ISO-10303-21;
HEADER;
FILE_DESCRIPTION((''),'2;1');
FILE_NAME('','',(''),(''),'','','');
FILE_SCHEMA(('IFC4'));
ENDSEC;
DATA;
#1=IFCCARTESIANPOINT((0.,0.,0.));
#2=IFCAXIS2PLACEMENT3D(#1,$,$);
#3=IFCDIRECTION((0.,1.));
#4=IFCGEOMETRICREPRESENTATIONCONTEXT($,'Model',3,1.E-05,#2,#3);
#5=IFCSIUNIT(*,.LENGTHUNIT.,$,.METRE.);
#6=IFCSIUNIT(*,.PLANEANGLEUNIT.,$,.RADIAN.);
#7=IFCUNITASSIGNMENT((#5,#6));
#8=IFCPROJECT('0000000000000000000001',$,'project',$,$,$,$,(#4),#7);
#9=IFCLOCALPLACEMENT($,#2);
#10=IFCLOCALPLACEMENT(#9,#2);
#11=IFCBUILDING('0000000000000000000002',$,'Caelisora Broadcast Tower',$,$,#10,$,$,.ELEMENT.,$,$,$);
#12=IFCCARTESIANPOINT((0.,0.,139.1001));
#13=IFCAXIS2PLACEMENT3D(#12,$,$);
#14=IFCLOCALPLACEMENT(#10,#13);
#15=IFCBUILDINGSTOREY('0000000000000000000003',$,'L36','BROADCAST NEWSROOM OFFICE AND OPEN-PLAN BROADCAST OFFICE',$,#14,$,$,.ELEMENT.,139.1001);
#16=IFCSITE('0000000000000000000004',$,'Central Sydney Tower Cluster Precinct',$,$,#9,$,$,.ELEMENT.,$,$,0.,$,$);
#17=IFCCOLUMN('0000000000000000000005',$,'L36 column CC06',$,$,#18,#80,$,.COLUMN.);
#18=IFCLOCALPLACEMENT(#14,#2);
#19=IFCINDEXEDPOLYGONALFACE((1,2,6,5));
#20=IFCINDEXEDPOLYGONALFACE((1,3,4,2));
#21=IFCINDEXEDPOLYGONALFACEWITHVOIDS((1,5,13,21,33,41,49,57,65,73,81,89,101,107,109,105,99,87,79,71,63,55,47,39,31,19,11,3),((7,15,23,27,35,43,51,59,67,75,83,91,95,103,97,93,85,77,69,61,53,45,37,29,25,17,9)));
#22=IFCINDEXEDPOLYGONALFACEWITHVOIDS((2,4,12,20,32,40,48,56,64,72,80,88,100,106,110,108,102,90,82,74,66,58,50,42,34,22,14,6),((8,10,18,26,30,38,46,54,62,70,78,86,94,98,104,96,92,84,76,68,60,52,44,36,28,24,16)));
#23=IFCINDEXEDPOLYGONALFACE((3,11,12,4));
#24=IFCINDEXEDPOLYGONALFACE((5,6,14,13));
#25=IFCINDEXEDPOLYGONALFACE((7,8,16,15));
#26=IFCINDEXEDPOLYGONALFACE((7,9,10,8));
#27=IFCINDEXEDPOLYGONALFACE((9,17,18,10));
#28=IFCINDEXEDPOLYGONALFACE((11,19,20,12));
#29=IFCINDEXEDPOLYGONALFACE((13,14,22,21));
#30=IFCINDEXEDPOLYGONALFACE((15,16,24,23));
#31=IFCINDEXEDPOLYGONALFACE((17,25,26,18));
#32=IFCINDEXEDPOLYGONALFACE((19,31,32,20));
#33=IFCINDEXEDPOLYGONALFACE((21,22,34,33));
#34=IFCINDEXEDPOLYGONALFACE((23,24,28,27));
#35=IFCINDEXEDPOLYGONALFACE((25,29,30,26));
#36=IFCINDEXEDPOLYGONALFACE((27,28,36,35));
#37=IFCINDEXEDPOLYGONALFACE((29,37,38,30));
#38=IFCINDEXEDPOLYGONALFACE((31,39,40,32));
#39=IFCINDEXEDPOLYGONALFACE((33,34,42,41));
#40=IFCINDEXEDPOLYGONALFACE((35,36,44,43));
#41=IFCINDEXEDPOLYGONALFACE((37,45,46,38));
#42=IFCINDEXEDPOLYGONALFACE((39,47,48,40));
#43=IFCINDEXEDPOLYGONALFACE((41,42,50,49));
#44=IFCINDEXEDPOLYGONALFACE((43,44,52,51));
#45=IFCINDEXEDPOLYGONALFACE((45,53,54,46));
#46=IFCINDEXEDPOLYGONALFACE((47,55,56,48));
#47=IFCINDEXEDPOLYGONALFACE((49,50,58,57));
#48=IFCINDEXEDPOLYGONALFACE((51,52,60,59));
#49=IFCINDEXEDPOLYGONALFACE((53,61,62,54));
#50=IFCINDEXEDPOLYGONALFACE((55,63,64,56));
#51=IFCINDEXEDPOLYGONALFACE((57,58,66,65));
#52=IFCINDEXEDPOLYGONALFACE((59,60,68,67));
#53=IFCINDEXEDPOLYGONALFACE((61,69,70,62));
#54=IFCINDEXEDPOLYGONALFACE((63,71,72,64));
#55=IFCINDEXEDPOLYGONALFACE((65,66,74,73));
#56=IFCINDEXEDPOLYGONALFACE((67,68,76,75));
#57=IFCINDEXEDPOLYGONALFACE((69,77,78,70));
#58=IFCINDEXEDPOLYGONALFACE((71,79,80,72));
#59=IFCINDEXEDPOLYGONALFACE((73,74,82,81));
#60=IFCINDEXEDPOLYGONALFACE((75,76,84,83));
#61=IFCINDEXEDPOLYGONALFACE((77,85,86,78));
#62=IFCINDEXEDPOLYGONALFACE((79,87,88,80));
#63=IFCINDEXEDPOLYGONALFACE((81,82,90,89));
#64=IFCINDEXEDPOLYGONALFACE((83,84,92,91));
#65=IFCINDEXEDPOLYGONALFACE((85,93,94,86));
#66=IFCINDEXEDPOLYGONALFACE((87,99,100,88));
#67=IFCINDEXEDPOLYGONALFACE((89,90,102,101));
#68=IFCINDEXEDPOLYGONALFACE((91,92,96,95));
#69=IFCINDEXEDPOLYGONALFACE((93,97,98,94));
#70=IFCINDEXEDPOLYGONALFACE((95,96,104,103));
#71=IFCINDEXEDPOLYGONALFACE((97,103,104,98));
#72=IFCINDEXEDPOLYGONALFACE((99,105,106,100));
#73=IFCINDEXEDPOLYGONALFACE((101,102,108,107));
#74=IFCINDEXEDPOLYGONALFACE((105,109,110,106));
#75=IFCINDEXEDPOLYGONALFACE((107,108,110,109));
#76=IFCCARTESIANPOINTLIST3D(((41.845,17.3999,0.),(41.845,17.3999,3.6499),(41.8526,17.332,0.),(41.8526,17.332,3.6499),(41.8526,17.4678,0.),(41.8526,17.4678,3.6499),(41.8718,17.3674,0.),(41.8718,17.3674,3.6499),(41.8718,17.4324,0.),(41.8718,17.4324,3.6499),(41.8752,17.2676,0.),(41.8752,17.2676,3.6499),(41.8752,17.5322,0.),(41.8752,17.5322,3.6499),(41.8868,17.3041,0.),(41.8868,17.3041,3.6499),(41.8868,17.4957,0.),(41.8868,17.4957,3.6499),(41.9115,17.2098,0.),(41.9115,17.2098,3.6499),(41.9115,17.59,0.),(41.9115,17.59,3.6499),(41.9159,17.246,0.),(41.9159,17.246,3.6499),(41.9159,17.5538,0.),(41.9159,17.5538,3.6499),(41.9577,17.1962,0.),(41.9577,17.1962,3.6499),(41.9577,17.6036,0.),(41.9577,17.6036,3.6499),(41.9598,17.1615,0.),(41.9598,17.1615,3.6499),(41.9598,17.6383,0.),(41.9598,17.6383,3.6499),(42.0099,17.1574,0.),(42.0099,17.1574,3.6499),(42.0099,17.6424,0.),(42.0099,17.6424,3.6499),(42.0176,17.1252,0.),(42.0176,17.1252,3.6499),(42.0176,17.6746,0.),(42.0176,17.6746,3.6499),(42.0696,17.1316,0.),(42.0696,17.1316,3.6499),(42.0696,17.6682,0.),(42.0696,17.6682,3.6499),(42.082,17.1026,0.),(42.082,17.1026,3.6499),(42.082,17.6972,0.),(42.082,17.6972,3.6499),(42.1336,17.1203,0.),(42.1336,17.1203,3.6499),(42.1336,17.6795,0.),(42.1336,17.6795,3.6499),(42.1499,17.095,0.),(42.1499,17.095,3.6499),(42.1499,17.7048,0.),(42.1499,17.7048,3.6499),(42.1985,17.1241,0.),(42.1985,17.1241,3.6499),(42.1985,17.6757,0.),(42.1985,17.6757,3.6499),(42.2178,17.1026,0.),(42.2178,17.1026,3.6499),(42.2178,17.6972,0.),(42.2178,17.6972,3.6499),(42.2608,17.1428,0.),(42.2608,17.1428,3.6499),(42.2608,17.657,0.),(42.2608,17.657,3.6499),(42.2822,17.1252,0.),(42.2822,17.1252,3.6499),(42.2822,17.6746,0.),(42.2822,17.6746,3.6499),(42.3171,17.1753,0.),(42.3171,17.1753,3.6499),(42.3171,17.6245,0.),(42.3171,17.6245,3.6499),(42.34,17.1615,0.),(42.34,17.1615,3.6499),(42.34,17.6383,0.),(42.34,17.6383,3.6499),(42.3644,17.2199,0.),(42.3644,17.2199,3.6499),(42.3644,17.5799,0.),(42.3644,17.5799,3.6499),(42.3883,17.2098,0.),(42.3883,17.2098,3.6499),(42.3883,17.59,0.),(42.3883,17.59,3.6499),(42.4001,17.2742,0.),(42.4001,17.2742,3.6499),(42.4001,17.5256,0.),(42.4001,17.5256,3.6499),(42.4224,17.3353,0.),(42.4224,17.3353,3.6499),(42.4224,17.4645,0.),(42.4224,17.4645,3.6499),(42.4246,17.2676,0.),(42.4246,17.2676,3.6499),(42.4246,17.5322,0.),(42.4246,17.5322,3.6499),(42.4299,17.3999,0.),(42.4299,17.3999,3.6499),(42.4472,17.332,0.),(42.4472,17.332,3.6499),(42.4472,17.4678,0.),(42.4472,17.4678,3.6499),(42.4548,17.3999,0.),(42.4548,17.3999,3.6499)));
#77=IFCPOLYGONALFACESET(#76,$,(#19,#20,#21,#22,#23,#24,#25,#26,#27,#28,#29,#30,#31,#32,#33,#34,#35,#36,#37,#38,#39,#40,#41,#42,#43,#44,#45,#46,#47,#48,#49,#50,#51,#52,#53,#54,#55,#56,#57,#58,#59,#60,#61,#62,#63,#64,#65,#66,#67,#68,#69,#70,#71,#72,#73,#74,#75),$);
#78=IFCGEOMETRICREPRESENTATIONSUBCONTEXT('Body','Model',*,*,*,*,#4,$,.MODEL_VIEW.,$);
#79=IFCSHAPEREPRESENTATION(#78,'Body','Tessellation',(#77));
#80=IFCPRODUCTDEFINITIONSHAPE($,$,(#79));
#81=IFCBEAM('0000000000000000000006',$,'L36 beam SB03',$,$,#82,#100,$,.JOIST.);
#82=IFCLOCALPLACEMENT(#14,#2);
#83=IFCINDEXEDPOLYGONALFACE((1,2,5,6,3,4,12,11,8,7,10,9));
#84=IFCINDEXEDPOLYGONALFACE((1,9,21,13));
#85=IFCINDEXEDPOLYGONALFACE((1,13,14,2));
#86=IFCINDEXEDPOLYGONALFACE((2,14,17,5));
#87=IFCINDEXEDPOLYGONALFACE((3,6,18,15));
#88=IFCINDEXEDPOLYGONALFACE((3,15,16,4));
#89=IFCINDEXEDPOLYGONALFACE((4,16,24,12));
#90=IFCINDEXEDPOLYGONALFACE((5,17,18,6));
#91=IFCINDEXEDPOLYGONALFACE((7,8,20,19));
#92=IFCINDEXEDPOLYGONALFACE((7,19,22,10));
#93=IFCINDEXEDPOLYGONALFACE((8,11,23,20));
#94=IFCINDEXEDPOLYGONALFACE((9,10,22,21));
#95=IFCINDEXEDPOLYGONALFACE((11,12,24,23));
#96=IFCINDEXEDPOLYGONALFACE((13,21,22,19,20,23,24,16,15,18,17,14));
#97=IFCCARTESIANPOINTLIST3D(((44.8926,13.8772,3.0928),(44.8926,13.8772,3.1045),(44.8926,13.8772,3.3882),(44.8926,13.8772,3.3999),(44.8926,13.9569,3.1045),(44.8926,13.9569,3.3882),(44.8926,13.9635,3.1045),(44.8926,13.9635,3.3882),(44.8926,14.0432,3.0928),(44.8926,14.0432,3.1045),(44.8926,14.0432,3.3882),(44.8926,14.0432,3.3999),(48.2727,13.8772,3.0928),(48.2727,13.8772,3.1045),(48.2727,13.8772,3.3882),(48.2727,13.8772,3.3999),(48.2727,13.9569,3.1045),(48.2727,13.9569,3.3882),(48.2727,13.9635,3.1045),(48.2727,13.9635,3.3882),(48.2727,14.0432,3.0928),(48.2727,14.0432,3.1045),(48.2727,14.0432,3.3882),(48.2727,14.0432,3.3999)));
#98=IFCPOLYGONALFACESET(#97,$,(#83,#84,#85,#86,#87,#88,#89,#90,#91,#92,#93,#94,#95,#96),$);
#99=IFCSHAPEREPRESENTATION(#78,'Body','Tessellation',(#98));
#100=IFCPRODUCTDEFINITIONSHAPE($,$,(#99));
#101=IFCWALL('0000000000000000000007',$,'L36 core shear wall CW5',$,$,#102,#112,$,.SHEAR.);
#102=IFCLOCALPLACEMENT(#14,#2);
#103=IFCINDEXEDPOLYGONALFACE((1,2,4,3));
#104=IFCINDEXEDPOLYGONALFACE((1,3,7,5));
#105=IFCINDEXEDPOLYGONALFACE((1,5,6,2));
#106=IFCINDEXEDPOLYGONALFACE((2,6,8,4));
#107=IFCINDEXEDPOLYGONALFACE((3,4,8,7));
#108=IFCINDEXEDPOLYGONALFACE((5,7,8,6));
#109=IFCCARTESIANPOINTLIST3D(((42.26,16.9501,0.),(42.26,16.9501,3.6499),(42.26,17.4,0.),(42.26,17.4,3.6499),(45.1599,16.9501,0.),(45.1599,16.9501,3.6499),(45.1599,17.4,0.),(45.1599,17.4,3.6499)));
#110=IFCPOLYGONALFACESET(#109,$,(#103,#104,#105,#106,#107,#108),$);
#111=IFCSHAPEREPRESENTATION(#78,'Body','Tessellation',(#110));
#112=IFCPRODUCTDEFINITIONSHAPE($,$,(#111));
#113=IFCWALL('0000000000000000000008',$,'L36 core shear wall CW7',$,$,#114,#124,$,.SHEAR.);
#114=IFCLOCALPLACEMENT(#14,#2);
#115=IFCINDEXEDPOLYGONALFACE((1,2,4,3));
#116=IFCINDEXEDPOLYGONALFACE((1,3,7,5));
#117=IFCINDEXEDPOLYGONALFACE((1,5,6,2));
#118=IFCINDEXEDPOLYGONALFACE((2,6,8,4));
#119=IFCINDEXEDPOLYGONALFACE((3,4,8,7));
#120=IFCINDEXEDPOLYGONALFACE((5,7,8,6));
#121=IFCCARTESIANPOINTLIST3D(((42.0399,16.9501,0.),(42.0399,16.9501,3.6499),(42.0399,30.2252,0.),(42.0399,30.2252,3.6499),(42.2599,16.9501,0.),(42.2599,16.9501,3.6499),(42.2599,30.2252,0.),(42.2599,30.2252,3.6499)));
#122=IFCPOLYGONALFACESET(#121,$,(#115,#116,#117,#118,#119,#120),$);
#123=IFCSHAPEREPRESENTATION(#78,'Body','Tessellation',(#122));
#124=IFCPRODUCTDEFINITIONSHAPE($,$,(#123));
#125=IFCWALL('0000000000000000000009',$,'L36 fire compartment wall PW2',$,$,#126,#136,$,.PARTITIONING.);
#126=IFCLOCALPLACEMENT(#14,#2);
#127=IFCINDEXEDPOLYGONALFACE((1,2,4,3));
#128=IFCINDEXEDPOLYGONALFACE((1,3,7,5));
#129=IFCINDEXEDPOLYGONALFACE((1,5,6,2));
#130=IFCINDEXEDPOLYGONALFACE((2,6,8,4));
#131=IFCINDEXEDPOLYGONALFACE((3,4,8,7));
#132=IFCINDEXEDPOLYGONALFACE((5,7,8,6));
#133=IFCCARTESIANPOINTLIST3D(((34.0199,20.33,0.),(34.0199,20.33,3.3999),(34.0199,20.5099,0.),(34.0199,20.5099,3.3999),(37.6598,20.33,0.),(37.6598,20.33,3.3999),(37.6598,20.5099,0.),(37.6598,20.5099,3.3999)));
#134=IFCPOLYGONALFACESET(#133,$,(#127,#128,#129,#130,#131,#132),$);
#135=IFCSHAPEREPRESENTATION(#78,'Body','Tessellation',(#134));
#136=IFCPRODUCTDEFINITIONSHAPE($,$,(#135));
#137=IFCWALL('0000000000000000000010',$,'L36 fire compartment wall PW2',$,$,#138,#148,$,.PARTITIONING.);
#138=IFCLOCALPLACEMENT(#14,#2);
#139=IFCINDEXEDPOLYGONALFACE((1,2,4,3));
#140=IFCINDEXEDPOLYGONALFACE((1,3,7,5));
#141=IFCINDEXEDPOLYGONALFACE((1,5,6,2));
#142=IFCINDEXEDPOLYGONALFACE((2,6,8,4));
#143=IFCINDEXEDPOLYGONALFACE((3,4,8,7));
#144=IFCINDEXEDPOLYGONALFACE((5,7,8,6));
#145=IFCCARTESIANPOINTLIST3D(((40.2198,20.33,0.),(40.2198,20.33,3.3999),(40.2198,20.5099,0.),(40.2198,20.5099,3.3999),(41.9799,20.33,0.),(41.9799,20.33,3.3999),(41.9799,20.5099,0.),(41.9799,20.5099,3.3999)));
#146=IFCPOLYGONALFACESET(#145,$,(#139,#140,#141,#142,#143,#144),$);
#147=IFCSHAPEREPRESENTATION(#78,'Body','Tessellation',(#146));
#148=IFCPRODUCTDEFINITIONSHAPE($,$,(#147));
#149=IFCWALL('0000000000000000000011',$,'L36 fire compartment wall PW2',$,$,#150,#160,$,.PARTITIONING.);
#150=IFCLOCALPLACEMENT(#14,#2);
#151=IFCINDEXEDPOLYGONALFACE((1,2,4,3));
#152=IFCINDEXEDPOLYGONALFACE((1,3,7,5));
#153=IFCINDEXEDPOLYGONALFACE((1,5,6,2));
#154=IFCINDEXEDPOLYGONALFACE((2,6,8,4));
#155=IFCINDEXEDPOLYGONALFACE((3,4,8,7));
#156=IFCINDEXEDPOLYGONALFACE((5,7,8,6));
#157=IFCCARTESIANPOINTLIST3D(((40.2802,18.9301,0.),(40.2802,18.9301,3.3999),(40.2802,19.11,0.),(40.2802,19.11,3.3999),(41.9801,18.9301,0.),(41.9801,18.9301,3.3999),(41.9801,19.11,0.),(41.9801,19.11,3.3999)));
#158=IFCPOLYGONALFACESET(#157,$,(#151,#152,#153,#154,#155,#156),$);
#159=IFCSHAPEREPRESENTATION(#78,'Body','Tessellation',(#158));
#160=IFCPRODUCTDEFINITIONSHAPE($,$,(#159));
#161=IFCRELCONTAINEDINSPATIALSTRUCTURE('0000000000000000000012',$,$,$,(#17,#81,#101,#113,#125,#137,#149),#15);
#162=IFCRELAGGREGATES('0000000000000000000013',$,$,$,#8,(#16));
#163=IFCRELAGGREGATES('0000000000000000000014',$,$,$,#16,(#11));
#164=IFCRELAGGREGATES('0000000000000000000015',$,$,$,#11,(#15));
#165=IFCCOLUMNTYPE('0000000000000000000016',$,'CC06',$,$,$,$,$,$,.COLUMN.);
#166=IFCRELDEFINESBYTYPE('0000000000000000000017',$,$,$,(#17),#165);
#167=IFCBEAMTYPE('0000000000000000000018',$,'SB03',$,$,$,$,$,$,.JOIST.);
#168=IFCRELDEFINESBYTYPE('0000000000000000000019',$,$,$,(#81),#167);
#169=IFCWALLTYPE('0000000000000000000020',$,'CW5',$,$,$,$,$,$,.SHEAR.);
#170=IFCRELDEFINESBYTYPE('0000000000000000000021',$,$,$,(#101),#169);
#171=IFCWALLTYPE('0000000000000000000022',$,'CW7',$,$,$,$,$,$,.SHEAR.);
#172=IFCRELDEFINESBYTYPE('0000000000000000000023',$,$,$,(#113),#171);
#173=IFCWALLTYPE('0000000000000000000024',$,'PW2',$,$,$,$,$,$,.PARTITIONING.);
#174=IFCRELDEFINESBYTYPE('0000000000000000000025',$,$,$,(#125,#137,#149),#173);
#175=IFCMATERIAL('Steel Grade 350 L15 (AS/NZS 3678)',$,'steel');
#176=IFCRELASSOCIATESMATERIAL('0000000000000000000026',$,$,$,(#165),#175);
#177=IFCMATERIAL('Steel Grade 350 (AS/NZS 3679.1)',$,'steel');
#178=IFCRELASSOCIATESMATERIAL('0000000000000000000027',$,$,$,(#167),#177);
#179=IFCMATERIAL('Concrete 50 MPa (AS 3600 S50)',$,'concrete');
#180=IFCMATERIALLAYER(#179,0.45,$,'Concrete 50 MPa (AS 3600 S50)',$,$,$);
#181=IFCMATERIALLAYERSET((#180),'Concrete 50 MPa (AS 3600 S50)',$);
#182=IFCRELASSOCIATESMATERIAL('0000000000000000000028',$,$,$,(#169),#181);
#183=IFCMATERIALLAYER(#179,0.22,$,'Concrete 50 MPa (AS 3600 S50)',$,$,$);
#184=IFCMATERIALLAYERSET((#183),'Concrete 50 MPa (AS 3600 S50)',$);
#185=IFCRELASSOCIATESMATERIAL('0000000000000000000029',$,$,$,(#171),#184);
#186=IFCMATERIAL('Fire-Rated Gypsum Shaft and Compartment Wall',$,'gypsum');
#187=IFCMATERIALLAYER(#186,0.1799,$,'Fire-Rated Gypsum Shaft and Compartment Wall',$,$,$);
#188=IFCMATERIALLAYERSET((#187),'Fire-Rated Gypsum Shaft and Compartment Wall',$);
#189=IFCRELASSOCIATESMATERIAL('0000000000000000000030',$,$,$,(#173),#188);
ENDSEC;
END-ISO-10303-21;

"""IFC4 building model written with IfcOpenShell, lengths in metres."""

from ifc_helpers import new_model, si_unit, direction, frame, frame_2d, origin, origin_2d, place, context, subcontext, project, spatial, rectangle, hollow_circle, i_section, extrude, source, transform, mapped, material, layer, layer_set, material_profile, profile_set, type_object, type_shapes, element, save


model = new_model("IFC4")

# Units and contexts
model_context = context("Model", 3, precision=1e-05, world=origin(), true_north=direction((0.0, 1.0)))
body_context = subcontext(model_context, "Body", "Model", "MODEL_VIEW")
ifc_project = project(units=[si_unit("LENGTHUNIT", "METRE"), si_unit("PLANEANGLEUNIT", "RADIAN")], contexts=[model_context])

# Site, building, storey
site_placement = place(None, origin())
site = spatial("IfcSite", under=ifc_project, at=site_placement, Name="Central Sydney Tower Cluster Precinct", CompositionType="ELEMENT", RefElevation=0.0)
building_placement = place(site_placement, origin())
building = spatial("IfcBuilding", under=site, at=building_placement, Name="Caelisora Broadcast Tower", CompositionType="ELEMENT")
storey_placement = place(building_placement, frame((0.0, 0.0, 139.1001)))
storey = spatial("IfcBuildingStorey", under=building, at=storey_placement, Name="L36", Description="BROADCAST NEWSROOM OFFICE AND OPEN-PLAN BROADCAST OFFICE", CompositionType="ELEMENT", Elevation=139.1001)

# Column
ifc_material_1 = material(Name="Steel Grade 350 L15 (AS/NZS 3678)", Category="steel")
ifc_material_profile_1 = material_profile(ifc_material_1, hollow_circle(Radius=0.3049, WallThickness=0.0249, at=origin_2d()), Name="Steel Grade 350 L15 (AS/NZS 3678)")
ifc_profile_set_1 = profile_set([ifc_material_profile_1], Name="Steel Grade 350 L15 (AS/NZS 3678)")
column_type = type_object("IfcColumnType", Name="CC06", PredefinedType="COLUMN", material=ifc_profile_set_1)
shared_shape_1 = source(origin(), body_context, "Body", "SweptSolid", [
    extrude(hollow_circle(Radius=0.3049, WallThickness=0.0249, at=origin_2d()), origin(), (0.0, 0.0, 1.0), 3.6499),
])
type_shapes(column_type, [shared_shape_1])
column_placement = place(storey_placement, frame((42.1499, 17.3999, 0.0), z_axis=(0.0, 0.0, 1.0), x_axis=(1.0, 0.0, 0.0)))
element("IfcColumn", 1, at=column_placement, inside=storey, type_object=column_type, Name="L36 column CC06", PredefinedType="COLUMN", context=body_context, shape_type="MappedRepresentation", body=[
    mapped(shared_shape_1, transform((0.0, 0.0, 0.0), scale=1.0)),
])

# Beam
ifc_material_2 = material(Name="Steel Grade 350 (AS/NZS 3679.1)", Category="steel")
ifc_material_profile_2 = material_profile(ifc_material_2, i_section(OverallWidth=0.166, OverallDepth=0.3071, WebThickness=0.0066, FlangeThickness=0.0117, at=origin_2d()), Name="Steel Grade 350 (AS/NZS 3679.1)")
ifc_profile_set_2 = profile_set([ifc_material_profile_2], Name="Steel Grade 350 (AS/NZS 3679.1)")
beam_type = type_object("IfcBeamType", Name="SB03", PredefinedType="JOIST", material=ifc_profile_set_2)
shared_shape_2 = source(origin(), body_context, "Body", "SweptSolid", [
    extrude(i_section(OverallWidth=0.166, OverallDepth=0.3071, WebThickness=0.0066, FlangeThickness=0.0117, at=origin_2d()), origin(), (0.0, 0.0, 1.0), 3.3801),
])
type_shapes(beam_type, [shared_shape_2])
beam_placement = place(storey_placement, frame((44.8926, 13.9602, 3.2463), z_axis=(1.0, 0.0, 0.0), x_axis=(0.0, 1.0, 0.0)))
element("IfcBeam", 2, at=beam_placement, inside=storey, type_object=beam_type, Name="L36 beam SB03", PredefinedType="JOIST", context=body_context, shape_type="MappedRepresentation", body=[
    mapped(shared_shape_2, transform((0.0, 0.0, 0.0), scale=1.0)),
])

# Walls
ifc_material_3 = material(Name="Concrete 50 MPa (AS 3600 S50)", Category="concrete")
ifc_layer_1 = layer(ifc_material_3, 0.45, Name="Concrete 50 MPa (AS 3600 S50)")
ifc_layer_set_1 = layer_set([ifc_layer_1], Name="Concrete 50 MPa (AS 3600 S50)")
wall_type_1 = type_object("IfcWallType", Name="CW5", PredefinedType="SHEAR", material=ifc_layer_set_1)
wall_1_placement = place(storey_placement, frame((42.26, 17.175, 0.0), z_axis=(0.0, 0.0, 1.0), x_axis=(1.0, 0.0, 0.0)))
element("IfcWall", 3, at=wall_1_placement, inside=storey, type_object=wall_type_1, Name="L36 core shear wall CW5", PredefinedType="SHEAR", context=body_context, shape_type="SweptSolid", body=[
    extrude(rectangle(XDim=2.8999, YDim=0.45, at=frame_2d((1.45, 0.0))), origin(), (0.0, 0.0, 1.0), 3.6499),
])
ifc_layer_2 = layer(ifc_material_3, 0.22, Name="Concrete 50 MPa (AS 3600 S50)")
ifc_layer_set_2 = layer_set([ifc_layer_2], Name="Concrete 50 MPa (AS 3600 S50)")
wall_type_2 = type_object("IfcWallType", Name="CW7", PredefinedType="SHEAR", material=ifc_layer_set_2)
wall_2_placement = place(storey_placement, frame((42.1499, 16.95, 0.0), z_axis=(0.0, 0.0, 1.0), x_axis=(0.0, 1.0, 0.0)))
element("IfcWall", 4, at=wall_2_placement, inside=storey, type_object=wall_type_2, Name="L36 core shear wall CW7", PredefinedType="SHEAR", context=body_context, shape_type="SweptSolid", body=[
    extrude(rectangle(XDim=13.2751, YDim=0.22, at=frame_2d((6.6377, 0.0))), origin(), (0.0, 0.0, 1.0), 3.6499),
])
ifc_material_4 = material(Name="Fire-Rated Gypsum Shaft and Compartment Wall", Category="gypsum")
ifc_layer_3 = layer(ifc_material_4, 0.1799, Name="Fire-Rated Gypsum Shaft and Compartment Wall")
ifc_layer_set_3 = layer_set([ifc_layer_3], Name="Fire-Rated Gypsum Shaft and Compartment Wall")
wall_type_3 = type_object("IfcWallType", Name="PW2", PredefinedType="PARTITIONING", material=ifc_layer_set_3)
wall_3_placement = place(storey_placement, frame((34.02, 20.4199, 0.0), z_axis=(0.0, 0.0, 1.0), x_axis=(1.0, 0.0, 0.0)))
element("IfcWall", 5, at=wall_3_placement, inside=storey, type_object=wall_type_3, Name="L36 fire compartment wall PW2", PredefinedType="PARTITIONING", context=body_context, shape_type="SweptSolid", body=[
    extrude(rectangle(XDim=3.6399, YDim=0.1799, at=frame_2d((1.8198, 0.0))), origin(), (0.0, 0.0, 1.0), 3.3999),
])
wall_4_placement = place(storey_placement, frame((40.22, 20.4199, 0.0), z_axis=(0.0, 0.0, 1.0), x_axis=(1.0, 0.0, 0.0)))
element("IfcWall", 6, at=wall_4_placement, inside=storey, type_object=wall_type_3, Name="L36 fire compartment wall PW2", PredefinedType="PARTITIONING", context=body_context, shape_type="SweptSolid", body=[
    extrude(rectangle(XDim=1.76, YDim=0.1799, at=frame_2d((0.8799, 0.0))), origin(), (0.0, 0.0, 1.0), 3.3999),
])
wall_5_placement = place(storey_placement, frame((40.28, 19.02, 0.0), z_axis=(0.0, 0.0, 1.0), x_axis=(1.0, 0.0, 0.0)))
element("IfcWall", 7, at=wall_5_placement, inside=storey, type_object=wall_type_3, Name="L36 fire compartment wall PW2", PredefinedType="PARTITIONING", context=body_context, shape_type="SweptSolid", body=[
    extrude(rectangle(XDim=1.7, YDim=0.1799, at=frame_2d((0.8501, 0.0))), origin(), (0.0, 0.0, 1.0), 3.3999),
])

save(model, "model.ifc")
